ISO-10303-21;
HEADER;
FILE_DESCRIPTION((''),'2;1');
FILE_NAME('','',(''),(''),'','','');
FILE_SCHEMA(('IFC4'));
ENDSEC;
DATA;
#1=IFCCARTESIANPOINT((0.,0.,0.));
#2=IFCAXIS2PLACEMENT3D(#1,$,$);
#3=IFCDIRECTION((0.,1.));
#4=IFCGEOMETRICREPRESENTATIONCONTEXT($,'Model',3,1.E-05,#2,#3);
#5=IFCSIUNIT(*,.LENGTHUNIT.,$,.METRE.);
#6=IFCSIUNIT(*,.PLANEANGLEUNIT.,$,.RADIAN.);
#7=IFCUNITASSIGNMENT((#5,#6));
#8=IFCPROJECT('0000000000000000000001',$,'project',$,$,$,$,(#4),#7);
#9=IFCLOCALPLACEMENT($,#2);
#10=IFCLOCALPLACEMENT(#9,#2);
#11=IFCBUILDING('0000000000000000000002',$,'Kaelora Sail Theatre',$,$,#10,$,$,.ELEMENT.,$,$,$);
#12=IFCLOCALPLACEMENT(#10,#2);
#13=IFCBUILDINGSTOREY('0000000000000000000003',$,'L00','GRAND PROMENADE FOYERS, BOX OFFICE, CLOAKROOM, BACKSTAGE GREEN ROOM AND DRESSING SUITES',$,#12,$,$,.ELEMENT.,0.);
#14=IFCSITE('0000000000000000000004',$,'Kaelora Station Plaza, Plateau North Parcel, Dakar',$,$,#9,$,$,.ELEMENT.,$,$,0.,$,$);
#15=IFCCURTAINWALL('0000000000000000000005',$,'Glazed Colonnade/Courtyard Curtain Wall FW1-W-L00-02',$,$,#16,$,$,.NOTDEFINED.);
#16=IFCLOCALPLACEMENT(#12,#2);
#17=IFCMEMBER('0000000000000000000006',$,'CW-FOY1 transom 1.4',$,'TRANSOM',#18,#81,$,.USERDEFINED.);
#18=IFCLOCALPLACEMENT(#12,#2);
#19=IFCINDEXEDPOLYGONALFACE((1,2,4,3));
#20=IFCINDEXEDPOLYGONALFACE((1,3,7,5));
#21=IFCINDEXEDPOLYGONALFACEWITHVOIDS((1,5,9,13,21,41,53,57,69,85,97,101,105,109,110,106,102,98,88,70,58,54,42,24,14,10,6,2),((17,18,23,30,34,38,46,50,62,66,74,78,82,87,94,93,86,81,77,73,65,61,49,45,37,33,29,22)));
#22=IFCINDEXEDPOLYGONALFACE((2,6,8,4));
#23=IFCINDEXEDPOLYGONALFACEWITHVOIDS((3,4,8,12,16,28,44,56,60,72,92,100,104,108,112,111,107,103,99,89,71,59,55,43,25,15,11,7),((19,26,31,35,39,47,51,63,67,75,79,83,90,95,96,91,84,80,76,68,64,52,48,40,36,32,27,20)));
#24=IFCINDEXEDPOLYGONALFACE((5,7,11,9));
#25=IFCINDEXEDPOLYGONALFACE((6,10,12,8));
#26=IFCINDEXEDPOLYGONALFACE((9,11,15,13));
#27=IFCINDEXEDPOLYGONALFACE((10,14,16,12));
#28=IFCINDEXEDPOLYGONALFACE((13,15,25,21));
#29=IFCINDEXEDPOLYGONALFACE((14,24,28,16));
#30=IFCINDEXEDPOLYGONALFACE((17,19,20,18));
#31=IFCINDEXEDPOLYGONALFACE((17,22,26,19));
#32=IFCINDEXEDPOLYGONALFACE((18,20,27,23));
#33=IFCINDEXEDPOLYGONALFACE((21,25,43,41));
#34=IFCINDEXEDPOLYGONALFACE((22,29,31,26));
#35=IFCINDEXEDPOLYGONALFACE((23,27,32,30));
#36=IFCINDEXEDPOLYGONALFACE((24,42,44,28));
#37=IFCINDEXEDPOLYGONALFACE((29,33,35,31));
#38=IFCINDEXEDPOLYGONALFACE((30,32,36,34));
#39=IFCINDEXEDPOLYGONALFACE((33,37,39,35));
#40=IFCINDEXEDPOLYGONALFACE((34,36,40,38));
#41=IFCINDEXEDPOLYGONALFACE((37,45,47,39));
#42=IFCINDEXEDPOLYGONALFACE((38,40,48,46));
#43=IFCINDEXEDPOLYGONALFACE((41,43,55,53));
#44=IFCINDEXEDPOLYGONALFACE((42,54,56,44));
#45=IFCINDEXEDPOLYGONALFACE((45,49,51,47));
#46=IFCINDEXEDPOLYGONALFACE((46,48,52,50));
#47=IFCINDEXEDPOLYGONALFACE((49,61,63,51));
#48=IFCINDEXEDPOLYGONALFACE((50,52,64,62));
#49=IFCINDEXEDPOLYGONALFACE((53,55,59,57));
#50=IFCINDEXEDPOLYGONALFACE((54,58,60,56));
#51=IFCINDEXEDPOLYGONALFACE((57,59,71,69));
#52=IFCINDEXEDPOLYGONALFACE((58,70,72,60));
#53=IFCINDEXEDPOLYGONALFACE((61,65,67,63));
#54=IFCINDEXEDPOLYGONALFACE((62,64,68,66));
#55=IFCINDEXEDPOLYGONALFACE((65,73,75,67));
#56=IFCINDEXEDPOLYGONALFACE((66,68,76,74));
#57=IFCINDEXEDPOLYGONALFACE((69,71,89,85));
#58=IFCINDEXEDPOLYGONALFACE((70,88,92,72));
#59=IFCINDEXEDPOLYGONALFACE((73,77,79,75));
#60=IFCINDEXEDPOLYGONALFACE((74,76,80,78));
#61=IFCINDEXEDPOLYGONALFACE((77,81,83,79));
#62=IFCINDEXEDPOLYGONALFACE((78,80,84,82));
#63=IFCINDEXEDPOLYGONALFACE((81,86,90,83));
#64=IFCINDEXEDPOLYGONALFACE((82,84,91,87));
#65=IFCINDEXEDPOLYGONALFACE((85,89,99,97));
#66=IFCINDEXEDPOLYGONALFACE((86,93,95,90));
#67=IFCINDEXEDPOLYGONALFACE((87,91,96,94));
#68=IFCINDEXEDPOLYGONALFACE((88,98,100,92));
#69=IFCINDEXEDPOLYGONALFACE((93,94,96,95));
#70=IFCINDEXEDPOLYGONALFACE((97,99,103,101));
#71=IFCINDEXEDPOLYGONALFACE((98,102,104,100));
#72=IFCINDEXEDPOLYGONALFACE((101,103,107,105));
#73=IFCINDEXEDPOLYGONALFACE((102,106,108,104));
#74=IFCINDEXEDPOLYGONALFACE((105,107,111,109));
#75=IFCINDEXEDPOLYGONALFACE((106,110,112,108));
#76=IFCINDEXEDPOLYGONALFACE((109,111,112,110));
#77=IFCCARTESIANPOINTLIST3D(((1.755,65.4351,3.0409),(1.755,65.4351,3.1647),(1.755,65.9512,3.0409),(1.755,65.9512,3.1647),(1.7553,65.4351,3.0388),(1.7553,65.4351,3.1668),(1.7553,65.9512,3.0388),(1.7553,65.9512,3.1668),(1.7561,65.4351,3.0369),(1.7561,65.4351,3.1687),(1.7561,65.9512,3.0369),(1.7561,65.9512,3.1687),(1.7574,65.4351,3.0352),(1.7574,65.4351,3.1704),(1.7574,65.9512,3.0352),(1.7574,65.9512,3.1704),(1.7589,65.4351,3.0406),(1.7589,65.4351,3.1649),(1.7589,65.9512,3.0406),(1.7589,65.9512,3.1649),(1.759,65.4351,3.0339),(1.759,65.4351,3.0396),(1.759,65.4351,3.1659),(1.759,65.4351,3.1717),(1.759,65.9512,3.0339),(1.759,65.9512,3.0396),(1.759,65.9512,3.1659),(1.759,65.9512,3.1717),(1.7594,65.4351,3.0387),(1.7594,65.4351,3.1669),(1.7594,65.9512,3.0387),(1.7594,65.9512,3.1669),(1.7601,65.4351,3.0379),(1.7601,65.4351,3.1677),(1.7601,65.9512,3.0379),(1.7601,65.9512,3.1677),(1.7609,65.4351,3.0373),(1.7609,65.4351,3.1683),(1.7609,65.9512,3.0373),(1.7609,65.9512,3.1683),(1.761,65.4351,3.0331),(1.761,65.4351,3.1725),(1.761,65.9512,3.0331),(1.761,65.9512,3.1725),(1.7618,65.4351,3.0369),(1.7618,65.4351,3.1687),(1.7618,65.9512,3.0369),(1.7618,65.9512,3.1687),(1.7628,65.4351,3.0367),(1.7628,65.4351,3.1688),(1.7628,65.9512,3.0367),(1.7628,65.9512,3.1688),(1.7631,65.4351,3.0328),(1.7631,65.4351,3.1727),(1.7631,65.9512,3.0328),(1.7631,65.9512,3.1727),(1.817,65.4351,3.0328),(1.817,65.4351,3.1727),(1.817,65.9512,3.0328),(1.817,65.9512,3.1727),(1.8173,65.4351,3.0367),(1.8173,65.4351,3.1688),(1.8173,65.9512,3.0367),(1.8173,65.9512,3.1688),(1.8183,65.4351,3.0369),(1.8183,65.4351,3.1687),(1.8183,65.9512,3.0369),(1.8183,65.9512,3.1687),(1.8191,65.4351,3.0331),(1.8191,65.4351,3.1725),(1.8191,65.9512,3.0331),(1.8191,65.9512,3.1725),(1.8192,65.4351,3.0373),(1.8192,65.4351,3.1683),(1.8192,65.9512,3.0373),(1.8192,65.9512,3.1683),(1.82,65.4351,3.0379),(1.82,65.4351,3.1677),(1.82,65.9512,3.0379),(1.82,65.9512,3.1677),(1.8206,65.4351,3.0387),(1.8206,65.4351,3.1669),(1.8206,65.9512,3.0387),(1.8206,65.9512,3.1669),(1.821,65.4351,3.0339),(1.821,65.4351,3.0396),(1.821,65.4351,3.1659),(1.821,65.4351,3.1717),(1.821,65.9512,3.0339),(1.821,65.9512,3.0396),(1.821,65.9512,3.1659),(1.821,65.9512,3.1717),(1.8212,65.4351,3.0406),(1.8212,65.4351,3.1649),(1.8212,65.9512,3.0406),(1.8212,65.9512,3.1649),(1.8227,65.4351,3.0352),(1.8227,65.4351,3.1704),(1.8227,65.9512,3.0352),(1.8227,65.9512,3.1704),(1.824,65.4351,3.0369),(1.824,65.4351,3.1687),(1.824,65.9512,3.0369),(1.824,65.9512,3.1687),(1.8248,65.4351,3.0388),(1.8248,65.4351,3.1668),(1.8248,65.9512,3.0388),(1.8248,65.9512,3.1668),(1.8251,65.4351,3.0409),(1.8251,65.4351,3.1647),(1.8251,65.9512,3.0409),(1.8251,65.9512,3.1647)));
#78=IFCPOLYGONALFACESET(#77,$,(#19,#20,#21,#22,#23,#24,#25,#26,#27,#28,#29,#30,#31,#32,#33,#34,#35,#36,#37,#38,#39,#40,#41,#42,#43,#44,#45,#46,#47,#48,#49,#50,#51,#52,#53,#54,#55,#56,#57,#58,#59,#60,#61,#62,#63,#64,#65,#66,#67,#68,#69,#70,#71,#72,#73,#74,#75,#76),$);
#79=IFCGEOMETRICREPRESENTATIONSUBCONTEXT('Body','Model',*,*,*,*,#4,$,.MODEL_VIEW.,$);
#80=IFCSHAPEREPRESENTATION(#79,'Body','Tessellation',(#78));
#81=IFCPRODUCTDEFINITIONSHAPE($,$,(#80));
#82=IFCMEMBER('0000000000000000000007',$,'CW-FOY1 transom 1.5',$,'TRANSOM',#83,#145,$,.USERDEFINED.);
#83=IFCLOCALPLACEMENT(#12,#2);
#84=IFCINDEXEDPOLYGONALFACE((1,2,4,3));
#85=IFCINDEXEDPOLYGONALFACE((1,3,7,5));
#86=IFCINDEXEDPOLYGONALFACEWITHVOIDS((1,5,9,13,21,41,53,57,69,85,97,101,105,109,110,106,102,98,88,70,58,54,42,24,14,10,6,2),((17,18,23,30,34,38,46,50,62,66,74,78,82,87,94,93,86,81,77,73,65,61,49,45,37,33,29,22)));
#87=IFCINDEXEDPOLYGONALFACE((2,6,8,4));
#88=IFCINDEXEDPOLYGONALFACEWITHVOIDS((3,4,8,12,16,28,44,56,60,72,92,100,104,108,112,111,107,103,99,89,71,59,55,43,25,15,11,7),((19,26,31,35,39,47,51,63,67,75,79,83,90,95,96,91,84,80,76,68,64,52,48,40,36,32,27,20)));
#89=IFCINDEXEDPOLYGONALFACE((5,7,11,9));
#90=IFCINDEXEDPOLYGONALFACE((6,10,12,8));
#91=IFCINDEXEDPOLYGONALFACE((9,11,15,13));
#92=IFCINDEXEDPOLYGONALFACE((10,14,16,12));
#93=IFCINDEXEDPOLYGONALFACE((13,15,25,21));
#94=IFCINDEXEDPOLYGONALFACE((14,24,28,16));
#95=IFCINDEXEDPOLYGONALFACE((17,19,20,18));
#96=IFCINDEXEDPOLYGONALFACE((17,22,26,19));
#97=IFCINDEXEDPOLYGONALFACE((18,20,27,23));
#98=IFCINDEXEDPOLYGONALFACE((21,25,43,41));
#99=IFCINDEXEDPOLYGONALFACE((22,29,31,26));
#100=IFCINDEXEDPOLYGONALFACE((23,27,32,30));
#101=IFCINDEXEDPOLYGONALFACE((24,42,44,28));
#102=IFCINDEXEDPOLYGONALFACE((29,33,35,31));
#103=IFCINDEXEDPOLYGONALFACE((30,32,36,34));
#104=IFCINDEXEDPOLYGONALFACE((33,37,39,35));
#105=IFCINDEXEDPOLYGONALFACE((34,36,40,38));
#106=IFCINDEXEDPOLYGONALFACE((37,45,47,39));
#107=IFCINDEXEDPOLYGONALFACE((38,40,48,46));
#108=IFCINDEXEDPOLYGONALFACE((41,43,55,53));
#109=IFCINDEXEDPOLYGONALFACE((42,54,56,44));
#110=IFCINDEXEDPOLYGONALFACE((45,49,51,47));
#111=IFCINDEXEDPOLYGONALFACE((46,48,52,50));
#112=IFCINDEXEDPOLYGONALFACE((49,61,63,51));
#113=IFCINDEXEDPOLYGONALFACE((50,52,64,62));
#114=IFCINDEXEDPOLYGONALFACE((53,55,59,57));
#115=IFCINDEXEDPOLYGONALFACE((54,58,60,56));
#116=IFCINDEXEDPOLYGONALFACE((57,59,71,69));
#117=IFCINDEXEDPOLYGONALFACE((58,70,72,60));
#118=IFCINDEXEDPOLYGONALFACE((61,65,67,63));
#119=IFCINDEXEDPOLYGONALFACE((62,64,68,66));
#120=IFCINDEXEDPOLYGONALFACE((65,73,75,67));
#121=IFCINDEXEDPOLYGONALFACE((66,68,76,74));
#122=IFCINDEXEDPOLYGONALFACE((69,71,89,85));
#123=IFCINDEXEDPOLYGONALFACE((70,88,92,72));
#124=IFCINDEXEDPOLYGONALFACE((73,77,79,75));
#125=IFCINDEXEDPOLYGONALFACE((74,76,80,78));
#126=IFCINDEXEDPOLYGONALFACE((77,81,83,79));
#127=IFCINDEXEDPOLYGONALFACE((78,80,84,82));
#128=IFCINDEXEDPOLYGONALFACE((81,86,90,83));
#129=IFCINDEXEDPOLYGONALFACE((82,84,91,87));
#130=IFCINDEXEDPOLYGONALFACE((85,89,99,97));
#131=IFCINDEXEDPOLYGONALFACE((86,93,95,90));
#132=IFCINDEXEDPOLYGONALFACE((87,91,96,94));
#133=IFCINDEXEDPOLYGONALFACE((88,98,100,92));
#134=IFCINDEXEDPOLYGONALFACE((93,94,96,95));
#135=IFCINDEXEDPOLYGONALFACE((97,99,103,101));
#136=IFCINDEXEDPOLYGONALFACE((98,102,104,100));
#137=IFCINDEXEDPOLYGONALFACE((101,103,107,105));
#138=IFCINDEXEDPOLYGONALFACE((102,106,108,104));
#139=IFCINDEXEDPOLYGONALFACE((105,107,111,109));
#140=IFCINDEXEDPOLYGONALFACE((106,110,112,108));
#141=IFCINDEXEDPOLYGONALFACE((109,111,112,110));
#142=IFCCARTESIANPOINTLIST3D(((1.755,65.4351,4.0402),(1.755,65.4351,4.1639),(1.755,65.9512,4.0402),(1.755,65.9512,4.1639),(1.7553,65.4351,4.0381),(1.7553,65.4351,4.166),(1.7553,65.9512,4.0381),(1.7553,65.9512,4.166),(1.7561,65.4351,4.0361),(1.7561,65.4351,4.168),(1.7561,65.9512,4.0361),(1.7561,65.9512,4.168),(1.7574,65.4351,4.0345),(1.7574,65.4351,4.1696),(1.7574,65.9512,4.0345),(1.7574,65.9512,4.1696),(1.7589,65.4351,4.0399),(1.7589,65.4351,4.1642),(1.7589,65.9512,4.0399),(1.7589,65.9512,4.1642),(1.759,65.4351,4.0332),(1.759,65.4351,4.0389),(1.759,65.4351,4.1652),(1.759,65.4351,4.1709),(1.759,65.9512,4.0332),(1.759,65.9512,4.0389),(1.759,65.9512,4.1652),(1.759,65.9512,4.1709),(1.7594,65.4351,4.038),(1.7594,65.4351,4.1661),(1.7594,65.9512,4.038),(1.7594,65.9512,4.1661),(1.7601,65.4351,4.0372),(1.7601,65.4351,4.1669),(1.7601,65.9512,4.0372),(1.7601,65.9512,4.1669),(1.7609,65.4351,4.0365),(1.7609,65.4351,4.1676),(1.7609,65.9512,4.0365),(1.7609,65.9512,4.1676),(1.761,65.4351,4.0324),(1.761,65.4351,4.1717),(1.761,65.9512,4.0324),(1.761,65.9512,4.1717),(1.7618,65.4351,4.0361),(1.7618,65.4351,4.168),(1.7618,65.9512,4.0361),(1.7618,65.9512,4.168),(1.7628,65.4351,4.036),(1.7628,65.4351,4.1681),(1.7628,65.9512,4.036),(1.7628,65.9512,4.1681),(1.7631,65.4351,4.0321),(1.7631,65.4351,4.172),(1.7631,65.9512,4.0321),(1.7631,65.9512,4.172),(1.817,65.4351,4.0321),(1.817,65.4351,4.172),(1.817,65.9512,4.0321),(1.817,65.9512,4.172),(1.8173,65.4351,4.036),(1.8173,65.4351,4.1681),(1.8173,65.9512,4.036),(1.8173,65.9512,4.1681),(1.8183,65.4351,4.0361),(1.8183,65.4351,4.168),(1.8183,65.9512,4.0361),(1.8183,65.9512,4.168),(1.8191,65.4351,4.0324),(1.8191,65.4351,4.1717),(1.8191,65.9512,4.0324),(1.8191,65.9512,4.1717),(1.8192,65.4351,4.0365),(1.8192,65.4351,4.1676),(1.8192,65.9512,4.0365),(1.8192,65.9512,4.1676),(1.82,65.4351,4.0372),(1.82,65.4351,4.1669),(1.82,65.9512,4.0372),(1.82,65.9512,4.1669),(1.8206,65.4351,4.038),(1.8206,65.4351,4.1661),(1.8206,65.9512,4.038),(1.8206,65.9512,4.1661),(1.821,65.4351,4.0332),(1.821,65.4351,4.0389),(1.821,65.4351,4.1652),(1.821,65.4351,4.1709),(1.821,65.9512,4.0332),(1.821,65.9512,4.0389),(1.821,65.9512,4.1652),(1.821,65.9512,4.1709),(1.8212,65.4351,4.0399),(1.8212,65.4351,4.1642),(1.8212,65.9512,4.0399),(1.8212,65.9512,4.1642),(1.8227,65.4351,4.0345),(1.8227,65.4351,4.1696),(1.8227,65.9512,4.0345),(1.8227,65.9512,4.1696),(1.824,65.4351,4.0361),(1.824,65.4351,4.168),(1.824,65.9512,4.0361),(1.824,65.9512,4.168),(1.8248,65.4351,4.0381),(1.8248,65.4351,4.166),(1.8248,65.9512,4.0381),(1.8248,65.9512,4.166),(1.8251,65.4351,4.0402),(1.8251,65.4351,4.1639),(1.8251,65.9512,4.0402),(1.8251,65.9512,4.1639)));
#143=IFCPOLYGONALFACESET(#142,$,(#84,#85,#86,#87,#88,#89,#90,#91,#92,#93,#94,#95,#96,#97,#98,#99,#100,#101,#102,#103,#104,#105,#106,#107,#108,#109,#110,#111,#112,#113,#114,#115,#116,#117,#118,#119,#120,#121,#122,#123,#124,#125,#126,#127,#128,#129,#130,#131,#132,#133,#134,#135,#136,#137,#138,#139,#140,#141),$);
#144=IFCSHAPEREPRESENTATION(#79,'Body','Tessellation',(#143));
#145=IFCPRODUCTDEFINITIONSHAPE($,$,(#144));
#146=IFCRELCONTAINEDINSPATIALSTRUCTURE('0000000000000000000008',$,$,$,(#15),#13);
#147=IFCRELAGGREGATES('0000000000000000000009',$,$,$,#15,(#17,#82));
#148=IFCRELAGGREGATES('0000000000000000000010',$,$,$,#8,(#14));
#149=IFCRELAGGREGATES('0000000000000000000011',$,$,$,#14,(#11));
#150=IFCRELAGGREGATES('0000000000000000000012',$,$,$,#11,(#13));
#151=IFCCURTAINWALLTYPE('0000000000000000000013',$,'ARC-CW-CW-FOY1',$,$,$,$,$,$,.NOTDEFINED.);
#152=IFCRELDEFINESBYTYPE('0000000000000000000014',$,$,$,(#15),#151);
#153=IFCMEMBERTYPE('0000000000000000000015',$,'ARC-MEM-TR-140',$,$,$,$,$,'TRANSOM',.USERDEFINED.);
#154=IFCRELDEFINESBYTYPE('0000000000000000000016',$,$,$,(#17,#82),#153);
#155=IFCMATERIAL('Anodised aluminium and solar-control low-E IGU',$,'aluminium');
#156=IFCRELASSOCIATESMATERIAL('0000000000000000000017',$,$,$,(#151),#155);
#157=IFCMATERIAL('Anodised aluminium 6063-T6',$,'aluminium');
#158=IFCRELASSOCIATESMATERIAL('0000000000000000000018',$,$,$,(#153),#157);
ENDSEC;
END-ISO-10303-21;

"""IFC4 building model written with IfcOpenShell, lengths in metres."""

from ifc_helpers import new_model, si_unit, direction, frame, origin, origin_2d, place, context, subcontext, project, spatial, hollow_rectangle, extrude, material, material_profile, profile_set, type_object, element, aggregate, save


model = new_model("IFC4")

# Units and contexts
model_context = context("Model", 3, precision=1e-05, world=origin(), true_north=direction((0.0, 1.0)))
body_context = subcontext(model_context, "Body", "Model", "MODEL_VIEW")
ifc_project = project(units=[si_unit("LENGTHUNIT", "METRE"), si_unit("PLANEANGLEUNIT", "RADIAN")], contexts=[model_context])

# Site, building, storey
site_placement = place(None, origin())
site = spatial("IfcSite", under=ifc_project, at=site_placement, Name="Kaelora Station Plaza, Plateau North Parcel, Dakar", CompositionType="ELEMENT", RefElevation=0.0)
building_placement = place(site_placement, origin())
building = spatial("IfcBuilding", under=site, at=building_placement, Name="Kaelora Sail Theatre", CompositionType="ELEMENT")
storey_placement = place(building_placement, origin())
storey = spatial("IfcBuildingStorey", under=building, at=storey_placement, Name="L00", Description="GRAND PROMENADE FOYERS, BOX OFFICE, CLOAKROOM, BACKSTAGE GREEN ROOM AND DRESSING SUITES", CompositionType="ELEMENT", Elevation=0.0)

# Shared definitions
ifc_material_1 = material(Name="Anodised aluminium and solar-control low-E IGU", Category="aluminium")
curtain_wall_type = type_object("IfcCurtainWallType", Name="ARC-CW-CW-FOY1", PredefinedType="NOTDEFINED", material=ifc_material_1)
ifc_material_2 = material(Name="Anodised aluminium 6063-T6", Category="aluminium")
ifc_material_profile = material_profile(ifc_material_2, hollow_rectangle(XDim=0.0701, YDim=0.1399, WallThickness=0.0039, InnerFilletRadius=0.0039, OuterFilletRadius=0.0081, at=origin_2d()), Name="ALU-TRAN 70x140x4")
ifc_profile_set = profile_set([ifc_material_profile], Name="Anodised aluminium 6063-T6")
member_type = type_object("IfcMemberType", Name="ARC-MEM-TR-140", ElementType="TRANSOM", PredefinedType="USERDEFINED", material=ifc_profile_set)

# Curtain wall, members
curtain_wall_1_placement = place(storey_placement, origin())
curtain_wall_1 = element("IfcCurtainWall", 1, at=curtain_wall_1_placement, inside=storey, type_object=curtain_wall_type, Name="Glazed Colonnade/Courtyard Curtain Wall FW1-W-L00-02", PredefinedType="NOTDEFINED")
member_1_placement = place(storey_placement, frame((1.79, 65.4351, 3.1028), z_axis=(0.0, 1.0, 0.0), x_axis=(-1.0, 0.0, 0.0)))
member_1 = element("IfcMember", 2, at=member_1_placement, type_object=member_type, Name="CW-FOY1 transom 1.4", ObjectType="TRANSOM", PredefinedType="USERDEFINED", context=body_context, shape_type="SweptSolid", body=[
    extrude(hollow_rectangle(XDim=0.0701, YDim=0.1399, WallThickness=0.0039, InnerFilletRadius=0.0039, OuterFilletRadius=0.0081, at=origin_2d()), origin(), (0.0, 0.0, 1.0), 0.5161),
])
member_2_placement = place(storey_placement, frame((1.79, 65.4351, 4.1021), z_axis=(0.0, 1.0, 0.0), x_axis=(-1.0, 0.0, 0.0)))
member_2 = element("IfcMember", 3, at=member_2_placement, type_object=member_type, Name="CW-FOY1 transom 1.5", ObjectType="TRANSOM", PredefinedType="USERDEFINED", context=body_context, shape_type="SweptSolid", body=[
    extrude(hollow_rectangle(XDim=0.0701, YDim=0.1399, WallThickness=0.0039, InnerFilletRadius=0.0039, OuterFilletRadius=0.0081, at=origin_2d()), origin(), (0.0, 0.0, 1.0), 0.5161),
])

aggregate(curtain_wall_1, [member_1, member_2])

save(model, "model.ifc")
